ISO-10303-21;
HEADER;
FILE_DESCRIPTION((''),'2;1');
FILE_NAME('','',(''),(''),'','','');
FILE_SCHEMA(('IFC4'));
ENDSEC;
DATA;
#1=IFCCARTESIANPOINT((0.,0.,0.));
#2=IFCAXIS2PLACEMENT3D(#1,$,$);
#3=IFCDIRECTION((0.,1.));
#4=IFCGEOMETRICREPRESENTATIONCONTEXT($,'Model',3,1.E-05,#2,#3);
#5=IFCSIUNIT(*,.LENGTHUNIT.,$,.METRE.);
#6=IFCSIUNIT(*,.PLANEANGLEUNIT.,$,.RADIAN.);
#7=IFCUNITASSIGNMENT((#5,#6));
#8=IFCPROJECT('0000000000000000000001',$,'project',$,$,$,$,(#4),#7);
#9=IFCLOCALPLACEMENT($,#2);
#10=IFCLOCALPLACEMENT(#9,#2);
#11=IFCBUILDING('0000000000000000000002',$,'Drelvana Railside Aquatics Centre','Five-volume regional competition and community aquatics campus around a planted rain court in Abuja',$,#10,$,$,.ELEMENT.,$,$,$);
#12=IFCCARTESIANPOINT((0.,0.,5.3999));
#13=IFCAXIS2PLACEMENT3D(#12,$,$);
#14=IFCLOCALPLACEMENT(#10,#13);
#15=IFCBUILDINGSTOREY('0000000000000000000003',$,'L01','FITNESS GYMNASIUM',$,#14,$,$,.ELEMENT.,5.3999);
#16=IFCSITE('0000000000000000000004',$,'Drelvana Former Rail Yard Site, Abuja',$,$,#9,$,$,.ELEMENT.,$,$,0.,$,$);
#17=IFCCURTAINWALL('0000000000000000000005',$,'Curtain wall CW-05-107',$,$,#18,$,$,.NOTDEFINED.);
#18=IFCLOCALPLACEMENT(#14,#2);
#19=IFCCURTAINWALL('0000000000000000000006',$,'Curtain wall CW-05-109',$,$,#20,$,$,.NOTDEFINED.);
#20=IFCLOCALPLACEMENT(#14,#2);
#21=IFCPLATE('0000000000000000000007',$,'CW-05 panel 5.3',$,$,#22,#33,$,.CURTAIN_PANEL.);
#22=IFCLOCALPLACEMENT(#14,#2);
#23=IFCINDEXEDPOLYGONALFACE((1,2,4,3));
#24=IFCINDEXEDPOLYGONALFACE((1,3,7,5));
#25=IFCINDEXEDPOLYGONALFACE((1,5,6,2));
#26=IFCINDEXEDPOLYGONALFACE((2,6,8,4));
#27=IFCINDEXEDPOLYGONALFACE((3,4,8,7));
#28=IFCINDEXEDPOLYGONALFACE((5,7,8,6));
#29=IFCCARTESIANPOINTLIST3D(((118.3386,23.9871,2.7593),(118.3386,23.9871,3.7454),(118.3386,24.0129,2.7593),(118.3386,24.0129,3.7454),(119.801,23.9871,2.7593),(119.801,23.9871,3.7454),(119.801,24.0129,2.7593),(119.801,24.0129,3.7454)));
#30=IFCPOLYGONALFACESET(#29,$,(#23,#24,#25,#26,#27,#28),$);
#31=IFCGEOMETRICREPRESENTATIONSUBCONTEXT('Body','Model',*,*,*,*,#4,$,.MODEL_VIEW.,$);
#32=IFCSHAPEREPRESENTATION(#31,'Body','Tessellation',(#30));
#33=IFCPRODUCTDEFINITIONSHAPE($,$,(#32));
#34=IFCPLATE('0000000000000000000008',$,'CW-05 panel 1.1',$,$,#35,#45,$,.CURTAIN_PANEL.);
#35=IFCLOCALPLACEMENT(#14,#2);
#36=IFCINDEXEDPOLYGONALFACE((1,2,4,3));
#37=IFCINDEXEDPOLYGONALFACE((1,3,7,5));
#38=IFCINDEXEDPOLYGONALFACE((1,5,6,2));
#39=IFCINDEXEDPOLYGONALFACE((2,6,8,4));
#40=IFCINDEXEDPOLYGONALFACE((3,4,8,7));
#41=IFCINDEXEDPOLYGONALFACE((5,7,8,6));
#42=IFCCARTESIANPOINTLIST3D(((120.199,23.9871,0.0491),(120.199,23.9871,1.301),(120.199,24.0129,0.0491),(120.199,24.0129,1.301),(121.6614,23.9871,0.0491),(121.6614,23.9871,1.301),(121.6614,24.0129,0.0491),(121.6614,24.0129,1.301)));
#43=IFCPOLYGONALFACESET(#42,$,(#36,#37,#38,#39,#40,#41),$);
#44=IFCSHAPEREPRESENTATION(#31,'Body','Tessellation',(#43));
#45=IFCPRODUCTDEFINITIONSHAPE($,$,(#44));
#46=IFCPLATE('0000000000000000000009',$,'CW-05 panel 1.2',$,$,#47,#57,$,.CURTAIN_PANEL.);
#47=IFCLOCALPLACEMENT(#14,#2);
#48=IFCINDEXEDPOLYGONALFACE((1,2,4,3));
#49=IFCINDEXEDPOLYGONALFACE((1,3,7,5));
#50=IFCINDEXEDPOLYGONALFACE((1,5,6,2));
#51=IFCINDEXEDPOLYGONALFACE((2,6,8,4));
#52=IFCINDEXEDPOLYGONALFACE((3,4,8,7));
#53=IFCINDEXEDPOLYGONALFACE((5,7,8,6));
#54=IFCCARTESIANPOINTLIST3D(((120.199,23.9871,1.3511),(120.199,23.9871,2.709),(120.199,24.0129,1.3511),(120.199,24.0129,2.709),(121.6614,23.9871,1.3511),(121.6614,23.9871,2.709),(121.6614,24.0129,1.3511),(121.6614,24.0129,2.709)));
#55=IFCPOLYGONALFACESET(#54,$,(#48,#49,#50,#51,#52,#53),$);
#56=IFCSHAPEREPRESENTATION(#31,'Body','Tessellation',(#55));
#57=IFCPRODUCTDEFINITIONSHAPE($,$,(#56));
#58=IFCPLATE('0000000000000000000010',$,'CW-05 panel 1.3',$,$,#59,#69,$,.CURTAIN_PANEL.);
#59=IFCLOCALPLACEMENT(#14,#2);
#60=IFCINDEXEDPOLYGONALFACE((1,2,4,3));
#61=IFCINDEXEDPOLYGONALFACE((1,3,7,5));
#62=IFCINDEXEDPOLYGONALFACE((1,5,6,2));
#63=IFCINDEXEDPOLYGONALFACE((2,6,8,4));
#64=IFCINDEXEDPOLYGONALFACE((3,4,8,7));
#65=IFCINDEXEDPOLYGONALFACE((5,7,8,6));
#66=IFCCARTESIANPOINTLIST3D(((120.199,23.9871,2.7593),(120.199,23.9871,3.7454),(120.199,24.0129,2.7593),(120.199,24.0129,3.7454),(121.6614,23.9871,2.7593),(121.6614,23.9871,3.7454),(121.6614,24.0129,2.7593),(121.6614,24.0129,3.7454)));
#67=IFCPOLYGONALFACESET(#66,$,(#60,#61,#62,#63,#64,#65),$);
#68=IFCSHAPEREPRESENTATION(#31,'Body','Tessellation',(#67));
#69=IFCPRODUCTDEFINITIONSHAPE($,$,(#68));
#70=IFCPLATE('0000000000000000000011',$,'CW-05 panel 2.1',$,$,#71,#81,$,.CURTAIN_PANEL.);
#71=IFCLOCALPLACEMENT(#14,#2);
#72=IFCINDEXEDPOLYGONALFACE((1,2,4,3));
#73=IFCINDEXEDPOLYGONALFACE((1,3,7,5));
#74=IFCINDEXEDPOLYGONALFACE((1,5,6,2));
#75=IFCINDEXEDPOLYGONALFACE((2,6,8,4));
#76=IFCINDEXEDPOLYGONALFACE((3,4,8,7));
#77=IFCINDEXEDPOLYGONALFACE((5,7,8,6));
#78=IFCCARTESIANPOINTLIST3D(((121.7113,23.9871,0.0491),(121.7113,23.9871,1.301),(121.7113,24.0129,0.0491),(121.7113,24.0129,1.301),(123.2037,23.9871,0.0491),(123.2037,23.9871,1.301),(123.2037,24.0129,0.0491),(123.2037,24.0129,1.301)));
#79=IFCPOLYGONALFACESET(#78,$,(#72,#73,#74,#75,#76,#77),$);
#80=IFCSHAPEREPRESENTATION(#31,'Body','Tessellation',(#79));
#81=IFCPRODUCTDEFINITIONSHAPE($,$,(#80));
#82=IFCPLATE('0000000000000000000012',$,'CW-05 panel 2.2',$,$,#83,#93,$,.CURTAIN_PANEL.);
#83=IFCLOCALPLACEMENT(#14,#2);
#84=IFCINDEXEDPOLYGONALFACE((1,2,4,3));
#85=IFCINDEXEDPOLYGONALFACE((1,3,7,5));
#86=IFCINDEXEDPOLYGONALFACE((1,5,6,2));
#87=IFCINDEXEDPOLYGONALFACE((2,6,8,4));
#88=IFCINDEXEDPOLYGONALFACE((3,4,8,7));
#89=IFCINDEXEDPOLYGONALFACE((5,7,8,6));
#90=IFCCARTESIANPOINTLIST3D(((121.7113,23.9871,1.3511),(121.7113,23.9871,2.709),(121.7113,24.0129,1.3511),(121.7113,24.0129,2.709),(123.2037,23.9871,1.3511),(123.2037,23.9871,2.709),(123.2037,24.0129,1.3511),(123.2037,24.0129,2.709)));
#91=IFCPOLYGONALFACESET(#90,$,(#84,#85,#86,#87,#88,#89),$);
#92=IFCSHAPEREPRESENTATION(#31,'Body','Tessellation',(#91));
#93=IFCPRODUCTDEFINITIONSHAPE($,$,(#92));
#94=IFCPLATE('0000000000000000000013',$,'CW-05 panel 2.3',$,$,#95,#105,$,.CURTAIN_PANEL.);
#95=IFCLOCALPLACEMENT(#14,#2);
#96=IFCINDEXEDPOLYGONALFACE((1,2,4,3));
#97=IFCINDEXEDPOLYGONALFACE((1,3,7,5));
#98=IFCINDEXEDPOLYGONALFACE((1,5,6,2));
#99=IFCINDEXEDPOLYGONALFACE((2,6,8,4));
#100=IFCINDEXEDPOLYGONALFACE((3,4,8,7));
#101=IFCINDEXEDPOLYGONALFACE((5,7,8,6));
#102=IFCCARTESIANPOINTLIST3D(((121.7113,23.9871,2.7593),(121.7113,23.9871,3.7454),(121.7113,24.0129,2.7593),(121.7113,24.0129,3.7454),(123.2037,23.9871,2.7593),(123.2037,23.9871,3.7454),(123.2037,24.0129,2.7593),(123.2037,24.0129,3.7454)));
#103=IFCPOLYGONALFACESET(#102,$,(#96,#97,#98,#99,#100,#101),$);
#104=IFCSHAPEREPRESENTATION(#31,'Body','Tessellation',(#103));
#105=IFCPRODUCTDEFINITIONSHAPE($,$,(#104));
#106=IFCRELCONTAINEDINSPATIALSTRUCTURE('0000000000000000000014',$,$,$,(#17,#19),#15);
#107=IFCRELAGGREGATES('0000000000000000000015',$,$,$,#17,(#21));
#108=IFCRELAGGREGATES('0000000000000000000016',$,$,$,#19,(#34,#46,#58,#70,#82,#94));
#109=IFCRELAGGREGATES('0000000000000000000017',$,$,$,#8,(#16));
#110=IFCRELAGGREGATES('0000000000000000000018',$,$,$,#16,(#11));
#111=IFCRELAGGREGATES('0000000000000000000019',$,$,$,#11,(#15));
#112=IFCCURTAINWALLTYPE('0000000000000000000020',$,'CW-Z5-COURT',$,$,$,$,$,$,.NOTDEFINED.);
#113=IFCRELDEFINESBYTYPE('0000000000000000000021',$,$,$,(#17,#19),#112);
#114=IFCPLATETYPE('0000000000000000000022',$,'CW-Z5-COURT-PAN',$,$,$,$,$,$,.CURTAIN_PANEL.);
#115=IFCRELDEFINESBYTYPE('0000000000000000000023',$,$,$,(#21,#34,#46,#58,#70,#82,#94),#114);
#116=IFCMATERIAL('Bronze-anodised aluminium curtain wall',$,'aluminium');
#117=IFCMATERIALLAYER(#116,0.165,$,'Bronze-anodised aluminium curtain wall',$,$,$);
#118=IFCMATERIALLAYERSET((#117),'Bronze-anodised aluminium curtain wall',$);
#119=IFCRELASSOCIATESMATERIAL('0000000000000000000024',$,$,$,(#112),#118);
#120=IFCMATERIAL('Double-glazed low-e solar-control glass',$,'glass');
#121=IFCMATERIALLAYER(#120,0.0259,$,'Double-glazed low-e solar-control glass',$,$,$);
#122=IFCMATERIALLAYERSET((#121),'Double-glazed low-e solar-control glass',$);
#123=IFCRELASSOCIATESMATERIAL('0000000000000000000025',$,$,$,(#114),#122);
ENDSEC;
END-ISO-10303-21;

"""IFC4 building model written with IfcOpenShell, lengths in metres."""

from ifc_helpers import new_model, si_unit, direction, frame, origin, origin_2d, place, context, subcontext, project, spatial, rectangle, extrude, material, layer, layer_set, type_object, element, aggregate, save


model = new_model("IFC4")

# Units and contexts
model_context = context("Model", 3, precision=1e-05, world=origin(), true_north=direction((0.0, 1.0)))
body_context = subcontext(model_context, "Body", "Model", "MODEL_VIEW")
ifc_project = project(units=[si_unit("LENGTHUNIT", "METRE"), si_unit("PLANEANGLEUNIT", "RADIAN")], contexts=[model_context])

# Site, building, storey
site_placement = place(None, origin())
site = spatial("IfcSite", under=ifc_project, at=site_placement, Name="Drelvana Former Rail Yard Site, Abuja", CompositionType="ELEMENT", RefElevation=0.0)
building_placement = place(site_placement, origin())
building = spatial("IfcBuilding", under=site, at=building_placement, Name="Drelvana Railside Aquatics Centre", Description="Five-volume regional competition and community aquatics campus around a planted rain court in Abuja", CompositionType="ELEMENT")
storey_placement = place(building_placement, frame((0.0, 0.0, 5.3999)))
storey = spatial("IfcBuildingStorey", under=building, at=storey_placement, Name="L01", Description="FITNESS GYMNASIUM", CompositionType="ELEMENT", Elevation=5.3999)

# Curtain walls
ifc_material_1 = material(Name="Bronze-anodised aluminium curtain wall", Category="aluminium")
ifc_layer_1 = layer(ifc_material_1, 0.165, Name="Bronze-anodised aluminium curtain wall")
ifc_layer_set_1 = layer_set([ifc_layer_1], Name="Bronze-anodised aluminium curtain wall")
curtain_wall_type = type_object("IfcCurtainWallType", Name="CW-Z5-COURT", PredefinedType="NOTDEFINED", material=ifc_layer_set_1)
curtain_wall_1_placement = place(storey_placement, origin())
curtain_wall_1 = element("IfcCurtainWall", 1, at=curtain_wall_1_placement, inside=storey, type_object=curtain_wall_type, Name="Curtain wall CW-05-107", PredefinedType="NOTDEFINED")
curtain_wall_2_placement = place(storey_placement, origin())
curtain_wall_2 = element("IfcCurtainWall", 2, at=curtain_wall_2_placement, inside=storey, type_object=curtain_wall_type, Name="Curtain wall CW-05-109", PredefinedType="NOTDEFINED")

# Plates
ifc_material_2 = material(Name="Double-glazed low-e solar-control glass", Category="glass")
ifc_layer_2 = layer(ifc_material_2, 0.0259, Name="Double-glazed low-e solar-control glass")
ifc_layer_set_2 = layer_set([ifc_layer_2], Name="Double-glazed low-e solar-control glass")
plate_type = type_object("IfcPlateType", Name="CW-Z5-COURT-PAN", PredefinedType="CURTAIN_PANEL", material=ifc_layer_set_2)
plate_1_placement = place(storey_placement, frame((119.0698, 24.0, 2.7593), z_axis=(0.0, 0.0, 1.0), x_axis=(1.0, 0.0, 0.0)))
plate_1 = element("IfcPlate", 3, at=plate_1_placement, type_object=plate_type, Name="CW-05 panel 5.3", PredefinedType="CURTAIN_PANEL", context=body_context, shape_type="SweptSolid", body=[
    extrude(rectangle(XDim=1.4624, YDim=0.0259, at=origin_2d()), origin(), (0.0, 0.0, 1.0), 0.9861),
])
aggregate(curtain_wall_1, [plate_1])
plate_2_placement = place(storey_placement, frame((120.9302, 24.0, 0.0491), z_axis=(0.0, 0.0, 1.0), x_axis=(1.0, 0.0, 0.0)))
plate_2 = element("IfcPlate", 4, at=plate_2_placement, type_object=plate_type, Name="CW-05 panel 1.1", PredefinedType="CURTAIN_PANEL", context=body_context, shape_type="SweptSolid", body=[
    extrude(rectangle(XDim=1.4624, YDim=0.0259, at=origin_2d()), origin(), (0.0, 0.0, 1.0), 1.252),
])
plate_3_placement = place(storey_placement, frame((120.9302, 24.0, 1.3511), z_axis=(0.0, 0.0, 1.0), x_axis=(1.0, 0.0, 0.0)))
plate_3 = element("IfcPlate", 5, at=plate_3_placement, type_object=plate_type, Name="CW-05 panel 1.2", PredefinedType="CURTAIN_PANEL", context=body_context, shape_type="SweptSolid", body=[
    extrude(rectangle(XDim=1.4624, YDim=0.0259, at=origin_2d()), origin(), (0.0, 0.0, 1.0), 1.3579),
])
plate_4_placement = place(storey_placement, frame((120.9302, 24.0, 2.7593), z_axis=(0.0, 0.0, 1.0), x_axis=(1.0, 0.0, 0.0)))
plate_4 = element("IfcPlate", 6, at=plate_4_placement, type_object=plate_type, Name="CW-05 panel 1.3", PredefinedType="CURTAIN_PANEL", context=body_context, shape_type="SweptSolid", body=[
    extrude(rectangle(XDim=1.4624, YDim=0.0259, at=origin_2d()), origin(), (0.0, 0.0, 1.0), 0.9861),
])
plate_5_placement = place(storey_placement, frame((122.4575, 24.0, 0.0491), z_axis=(0.0, 0.0, 1.0), x_axis=(1.0, 0.0, 0.0)))
plate_5 = element("IfcPlate", 7, at=plate_5_placement, type_object=plate_type, Name="CW-05 panel 2.1", PredefinedType="CURTAIN_PANEL", context=body_context, shape_type="SweptSolid", body=[
    extrude(rectangle(XDim=1.4924, YDim=0.0259, at=origin_2d()), origin(), (0.0, 0.0, 1.0), 1.252),
])
plate_6_placement = place(storey_placement, frame((122.4575, 24.0, 1.3511), z_axis=(0.0, 0.0, 1.0), x_axis=(1.0, 0.0, 0.0)))
plate_6 = element("IfcPlate", 8, at=plate_6_placement, type_object=plate_type, Name="CW-05 panel 2.2", PredefinedType="CURTAIN_PANEL", context=body_context, shape_type="SweptSolid", body=[
    extrude(rectangle(XDim=1.4924, YDim=0.0259, at=origin_2d()), origin(), (0.0, 0.0, 1.0), 1.3579),
])
plate_7_placement = place(storey_placement, frame((122.4575, 24.0, 2.7593), z_axis=(0.0, 0.0, 1.0), x_axis=(1.0, 0.0, 0.0)))
plate_7 = element("IfcPlate", 9, at=plate_7_placement, type_object=plate_type, Name="CW-05 panel 2.3", PredefinedType="CURTAIN_PANEL", context=body_context, shape_type="SweptSolid", body=[
    extrude(rectangle(XDim=1.4924, YDim=0.0259, at=origin_2d()), origin(), (0.0, 0.0, 1.0), 0.9861),
])
aggregate(curtain_wall_2, [plate_2, plate_3, plate_4, plate_5, plate_6, plate_7])

save(model, "model.ifc")
